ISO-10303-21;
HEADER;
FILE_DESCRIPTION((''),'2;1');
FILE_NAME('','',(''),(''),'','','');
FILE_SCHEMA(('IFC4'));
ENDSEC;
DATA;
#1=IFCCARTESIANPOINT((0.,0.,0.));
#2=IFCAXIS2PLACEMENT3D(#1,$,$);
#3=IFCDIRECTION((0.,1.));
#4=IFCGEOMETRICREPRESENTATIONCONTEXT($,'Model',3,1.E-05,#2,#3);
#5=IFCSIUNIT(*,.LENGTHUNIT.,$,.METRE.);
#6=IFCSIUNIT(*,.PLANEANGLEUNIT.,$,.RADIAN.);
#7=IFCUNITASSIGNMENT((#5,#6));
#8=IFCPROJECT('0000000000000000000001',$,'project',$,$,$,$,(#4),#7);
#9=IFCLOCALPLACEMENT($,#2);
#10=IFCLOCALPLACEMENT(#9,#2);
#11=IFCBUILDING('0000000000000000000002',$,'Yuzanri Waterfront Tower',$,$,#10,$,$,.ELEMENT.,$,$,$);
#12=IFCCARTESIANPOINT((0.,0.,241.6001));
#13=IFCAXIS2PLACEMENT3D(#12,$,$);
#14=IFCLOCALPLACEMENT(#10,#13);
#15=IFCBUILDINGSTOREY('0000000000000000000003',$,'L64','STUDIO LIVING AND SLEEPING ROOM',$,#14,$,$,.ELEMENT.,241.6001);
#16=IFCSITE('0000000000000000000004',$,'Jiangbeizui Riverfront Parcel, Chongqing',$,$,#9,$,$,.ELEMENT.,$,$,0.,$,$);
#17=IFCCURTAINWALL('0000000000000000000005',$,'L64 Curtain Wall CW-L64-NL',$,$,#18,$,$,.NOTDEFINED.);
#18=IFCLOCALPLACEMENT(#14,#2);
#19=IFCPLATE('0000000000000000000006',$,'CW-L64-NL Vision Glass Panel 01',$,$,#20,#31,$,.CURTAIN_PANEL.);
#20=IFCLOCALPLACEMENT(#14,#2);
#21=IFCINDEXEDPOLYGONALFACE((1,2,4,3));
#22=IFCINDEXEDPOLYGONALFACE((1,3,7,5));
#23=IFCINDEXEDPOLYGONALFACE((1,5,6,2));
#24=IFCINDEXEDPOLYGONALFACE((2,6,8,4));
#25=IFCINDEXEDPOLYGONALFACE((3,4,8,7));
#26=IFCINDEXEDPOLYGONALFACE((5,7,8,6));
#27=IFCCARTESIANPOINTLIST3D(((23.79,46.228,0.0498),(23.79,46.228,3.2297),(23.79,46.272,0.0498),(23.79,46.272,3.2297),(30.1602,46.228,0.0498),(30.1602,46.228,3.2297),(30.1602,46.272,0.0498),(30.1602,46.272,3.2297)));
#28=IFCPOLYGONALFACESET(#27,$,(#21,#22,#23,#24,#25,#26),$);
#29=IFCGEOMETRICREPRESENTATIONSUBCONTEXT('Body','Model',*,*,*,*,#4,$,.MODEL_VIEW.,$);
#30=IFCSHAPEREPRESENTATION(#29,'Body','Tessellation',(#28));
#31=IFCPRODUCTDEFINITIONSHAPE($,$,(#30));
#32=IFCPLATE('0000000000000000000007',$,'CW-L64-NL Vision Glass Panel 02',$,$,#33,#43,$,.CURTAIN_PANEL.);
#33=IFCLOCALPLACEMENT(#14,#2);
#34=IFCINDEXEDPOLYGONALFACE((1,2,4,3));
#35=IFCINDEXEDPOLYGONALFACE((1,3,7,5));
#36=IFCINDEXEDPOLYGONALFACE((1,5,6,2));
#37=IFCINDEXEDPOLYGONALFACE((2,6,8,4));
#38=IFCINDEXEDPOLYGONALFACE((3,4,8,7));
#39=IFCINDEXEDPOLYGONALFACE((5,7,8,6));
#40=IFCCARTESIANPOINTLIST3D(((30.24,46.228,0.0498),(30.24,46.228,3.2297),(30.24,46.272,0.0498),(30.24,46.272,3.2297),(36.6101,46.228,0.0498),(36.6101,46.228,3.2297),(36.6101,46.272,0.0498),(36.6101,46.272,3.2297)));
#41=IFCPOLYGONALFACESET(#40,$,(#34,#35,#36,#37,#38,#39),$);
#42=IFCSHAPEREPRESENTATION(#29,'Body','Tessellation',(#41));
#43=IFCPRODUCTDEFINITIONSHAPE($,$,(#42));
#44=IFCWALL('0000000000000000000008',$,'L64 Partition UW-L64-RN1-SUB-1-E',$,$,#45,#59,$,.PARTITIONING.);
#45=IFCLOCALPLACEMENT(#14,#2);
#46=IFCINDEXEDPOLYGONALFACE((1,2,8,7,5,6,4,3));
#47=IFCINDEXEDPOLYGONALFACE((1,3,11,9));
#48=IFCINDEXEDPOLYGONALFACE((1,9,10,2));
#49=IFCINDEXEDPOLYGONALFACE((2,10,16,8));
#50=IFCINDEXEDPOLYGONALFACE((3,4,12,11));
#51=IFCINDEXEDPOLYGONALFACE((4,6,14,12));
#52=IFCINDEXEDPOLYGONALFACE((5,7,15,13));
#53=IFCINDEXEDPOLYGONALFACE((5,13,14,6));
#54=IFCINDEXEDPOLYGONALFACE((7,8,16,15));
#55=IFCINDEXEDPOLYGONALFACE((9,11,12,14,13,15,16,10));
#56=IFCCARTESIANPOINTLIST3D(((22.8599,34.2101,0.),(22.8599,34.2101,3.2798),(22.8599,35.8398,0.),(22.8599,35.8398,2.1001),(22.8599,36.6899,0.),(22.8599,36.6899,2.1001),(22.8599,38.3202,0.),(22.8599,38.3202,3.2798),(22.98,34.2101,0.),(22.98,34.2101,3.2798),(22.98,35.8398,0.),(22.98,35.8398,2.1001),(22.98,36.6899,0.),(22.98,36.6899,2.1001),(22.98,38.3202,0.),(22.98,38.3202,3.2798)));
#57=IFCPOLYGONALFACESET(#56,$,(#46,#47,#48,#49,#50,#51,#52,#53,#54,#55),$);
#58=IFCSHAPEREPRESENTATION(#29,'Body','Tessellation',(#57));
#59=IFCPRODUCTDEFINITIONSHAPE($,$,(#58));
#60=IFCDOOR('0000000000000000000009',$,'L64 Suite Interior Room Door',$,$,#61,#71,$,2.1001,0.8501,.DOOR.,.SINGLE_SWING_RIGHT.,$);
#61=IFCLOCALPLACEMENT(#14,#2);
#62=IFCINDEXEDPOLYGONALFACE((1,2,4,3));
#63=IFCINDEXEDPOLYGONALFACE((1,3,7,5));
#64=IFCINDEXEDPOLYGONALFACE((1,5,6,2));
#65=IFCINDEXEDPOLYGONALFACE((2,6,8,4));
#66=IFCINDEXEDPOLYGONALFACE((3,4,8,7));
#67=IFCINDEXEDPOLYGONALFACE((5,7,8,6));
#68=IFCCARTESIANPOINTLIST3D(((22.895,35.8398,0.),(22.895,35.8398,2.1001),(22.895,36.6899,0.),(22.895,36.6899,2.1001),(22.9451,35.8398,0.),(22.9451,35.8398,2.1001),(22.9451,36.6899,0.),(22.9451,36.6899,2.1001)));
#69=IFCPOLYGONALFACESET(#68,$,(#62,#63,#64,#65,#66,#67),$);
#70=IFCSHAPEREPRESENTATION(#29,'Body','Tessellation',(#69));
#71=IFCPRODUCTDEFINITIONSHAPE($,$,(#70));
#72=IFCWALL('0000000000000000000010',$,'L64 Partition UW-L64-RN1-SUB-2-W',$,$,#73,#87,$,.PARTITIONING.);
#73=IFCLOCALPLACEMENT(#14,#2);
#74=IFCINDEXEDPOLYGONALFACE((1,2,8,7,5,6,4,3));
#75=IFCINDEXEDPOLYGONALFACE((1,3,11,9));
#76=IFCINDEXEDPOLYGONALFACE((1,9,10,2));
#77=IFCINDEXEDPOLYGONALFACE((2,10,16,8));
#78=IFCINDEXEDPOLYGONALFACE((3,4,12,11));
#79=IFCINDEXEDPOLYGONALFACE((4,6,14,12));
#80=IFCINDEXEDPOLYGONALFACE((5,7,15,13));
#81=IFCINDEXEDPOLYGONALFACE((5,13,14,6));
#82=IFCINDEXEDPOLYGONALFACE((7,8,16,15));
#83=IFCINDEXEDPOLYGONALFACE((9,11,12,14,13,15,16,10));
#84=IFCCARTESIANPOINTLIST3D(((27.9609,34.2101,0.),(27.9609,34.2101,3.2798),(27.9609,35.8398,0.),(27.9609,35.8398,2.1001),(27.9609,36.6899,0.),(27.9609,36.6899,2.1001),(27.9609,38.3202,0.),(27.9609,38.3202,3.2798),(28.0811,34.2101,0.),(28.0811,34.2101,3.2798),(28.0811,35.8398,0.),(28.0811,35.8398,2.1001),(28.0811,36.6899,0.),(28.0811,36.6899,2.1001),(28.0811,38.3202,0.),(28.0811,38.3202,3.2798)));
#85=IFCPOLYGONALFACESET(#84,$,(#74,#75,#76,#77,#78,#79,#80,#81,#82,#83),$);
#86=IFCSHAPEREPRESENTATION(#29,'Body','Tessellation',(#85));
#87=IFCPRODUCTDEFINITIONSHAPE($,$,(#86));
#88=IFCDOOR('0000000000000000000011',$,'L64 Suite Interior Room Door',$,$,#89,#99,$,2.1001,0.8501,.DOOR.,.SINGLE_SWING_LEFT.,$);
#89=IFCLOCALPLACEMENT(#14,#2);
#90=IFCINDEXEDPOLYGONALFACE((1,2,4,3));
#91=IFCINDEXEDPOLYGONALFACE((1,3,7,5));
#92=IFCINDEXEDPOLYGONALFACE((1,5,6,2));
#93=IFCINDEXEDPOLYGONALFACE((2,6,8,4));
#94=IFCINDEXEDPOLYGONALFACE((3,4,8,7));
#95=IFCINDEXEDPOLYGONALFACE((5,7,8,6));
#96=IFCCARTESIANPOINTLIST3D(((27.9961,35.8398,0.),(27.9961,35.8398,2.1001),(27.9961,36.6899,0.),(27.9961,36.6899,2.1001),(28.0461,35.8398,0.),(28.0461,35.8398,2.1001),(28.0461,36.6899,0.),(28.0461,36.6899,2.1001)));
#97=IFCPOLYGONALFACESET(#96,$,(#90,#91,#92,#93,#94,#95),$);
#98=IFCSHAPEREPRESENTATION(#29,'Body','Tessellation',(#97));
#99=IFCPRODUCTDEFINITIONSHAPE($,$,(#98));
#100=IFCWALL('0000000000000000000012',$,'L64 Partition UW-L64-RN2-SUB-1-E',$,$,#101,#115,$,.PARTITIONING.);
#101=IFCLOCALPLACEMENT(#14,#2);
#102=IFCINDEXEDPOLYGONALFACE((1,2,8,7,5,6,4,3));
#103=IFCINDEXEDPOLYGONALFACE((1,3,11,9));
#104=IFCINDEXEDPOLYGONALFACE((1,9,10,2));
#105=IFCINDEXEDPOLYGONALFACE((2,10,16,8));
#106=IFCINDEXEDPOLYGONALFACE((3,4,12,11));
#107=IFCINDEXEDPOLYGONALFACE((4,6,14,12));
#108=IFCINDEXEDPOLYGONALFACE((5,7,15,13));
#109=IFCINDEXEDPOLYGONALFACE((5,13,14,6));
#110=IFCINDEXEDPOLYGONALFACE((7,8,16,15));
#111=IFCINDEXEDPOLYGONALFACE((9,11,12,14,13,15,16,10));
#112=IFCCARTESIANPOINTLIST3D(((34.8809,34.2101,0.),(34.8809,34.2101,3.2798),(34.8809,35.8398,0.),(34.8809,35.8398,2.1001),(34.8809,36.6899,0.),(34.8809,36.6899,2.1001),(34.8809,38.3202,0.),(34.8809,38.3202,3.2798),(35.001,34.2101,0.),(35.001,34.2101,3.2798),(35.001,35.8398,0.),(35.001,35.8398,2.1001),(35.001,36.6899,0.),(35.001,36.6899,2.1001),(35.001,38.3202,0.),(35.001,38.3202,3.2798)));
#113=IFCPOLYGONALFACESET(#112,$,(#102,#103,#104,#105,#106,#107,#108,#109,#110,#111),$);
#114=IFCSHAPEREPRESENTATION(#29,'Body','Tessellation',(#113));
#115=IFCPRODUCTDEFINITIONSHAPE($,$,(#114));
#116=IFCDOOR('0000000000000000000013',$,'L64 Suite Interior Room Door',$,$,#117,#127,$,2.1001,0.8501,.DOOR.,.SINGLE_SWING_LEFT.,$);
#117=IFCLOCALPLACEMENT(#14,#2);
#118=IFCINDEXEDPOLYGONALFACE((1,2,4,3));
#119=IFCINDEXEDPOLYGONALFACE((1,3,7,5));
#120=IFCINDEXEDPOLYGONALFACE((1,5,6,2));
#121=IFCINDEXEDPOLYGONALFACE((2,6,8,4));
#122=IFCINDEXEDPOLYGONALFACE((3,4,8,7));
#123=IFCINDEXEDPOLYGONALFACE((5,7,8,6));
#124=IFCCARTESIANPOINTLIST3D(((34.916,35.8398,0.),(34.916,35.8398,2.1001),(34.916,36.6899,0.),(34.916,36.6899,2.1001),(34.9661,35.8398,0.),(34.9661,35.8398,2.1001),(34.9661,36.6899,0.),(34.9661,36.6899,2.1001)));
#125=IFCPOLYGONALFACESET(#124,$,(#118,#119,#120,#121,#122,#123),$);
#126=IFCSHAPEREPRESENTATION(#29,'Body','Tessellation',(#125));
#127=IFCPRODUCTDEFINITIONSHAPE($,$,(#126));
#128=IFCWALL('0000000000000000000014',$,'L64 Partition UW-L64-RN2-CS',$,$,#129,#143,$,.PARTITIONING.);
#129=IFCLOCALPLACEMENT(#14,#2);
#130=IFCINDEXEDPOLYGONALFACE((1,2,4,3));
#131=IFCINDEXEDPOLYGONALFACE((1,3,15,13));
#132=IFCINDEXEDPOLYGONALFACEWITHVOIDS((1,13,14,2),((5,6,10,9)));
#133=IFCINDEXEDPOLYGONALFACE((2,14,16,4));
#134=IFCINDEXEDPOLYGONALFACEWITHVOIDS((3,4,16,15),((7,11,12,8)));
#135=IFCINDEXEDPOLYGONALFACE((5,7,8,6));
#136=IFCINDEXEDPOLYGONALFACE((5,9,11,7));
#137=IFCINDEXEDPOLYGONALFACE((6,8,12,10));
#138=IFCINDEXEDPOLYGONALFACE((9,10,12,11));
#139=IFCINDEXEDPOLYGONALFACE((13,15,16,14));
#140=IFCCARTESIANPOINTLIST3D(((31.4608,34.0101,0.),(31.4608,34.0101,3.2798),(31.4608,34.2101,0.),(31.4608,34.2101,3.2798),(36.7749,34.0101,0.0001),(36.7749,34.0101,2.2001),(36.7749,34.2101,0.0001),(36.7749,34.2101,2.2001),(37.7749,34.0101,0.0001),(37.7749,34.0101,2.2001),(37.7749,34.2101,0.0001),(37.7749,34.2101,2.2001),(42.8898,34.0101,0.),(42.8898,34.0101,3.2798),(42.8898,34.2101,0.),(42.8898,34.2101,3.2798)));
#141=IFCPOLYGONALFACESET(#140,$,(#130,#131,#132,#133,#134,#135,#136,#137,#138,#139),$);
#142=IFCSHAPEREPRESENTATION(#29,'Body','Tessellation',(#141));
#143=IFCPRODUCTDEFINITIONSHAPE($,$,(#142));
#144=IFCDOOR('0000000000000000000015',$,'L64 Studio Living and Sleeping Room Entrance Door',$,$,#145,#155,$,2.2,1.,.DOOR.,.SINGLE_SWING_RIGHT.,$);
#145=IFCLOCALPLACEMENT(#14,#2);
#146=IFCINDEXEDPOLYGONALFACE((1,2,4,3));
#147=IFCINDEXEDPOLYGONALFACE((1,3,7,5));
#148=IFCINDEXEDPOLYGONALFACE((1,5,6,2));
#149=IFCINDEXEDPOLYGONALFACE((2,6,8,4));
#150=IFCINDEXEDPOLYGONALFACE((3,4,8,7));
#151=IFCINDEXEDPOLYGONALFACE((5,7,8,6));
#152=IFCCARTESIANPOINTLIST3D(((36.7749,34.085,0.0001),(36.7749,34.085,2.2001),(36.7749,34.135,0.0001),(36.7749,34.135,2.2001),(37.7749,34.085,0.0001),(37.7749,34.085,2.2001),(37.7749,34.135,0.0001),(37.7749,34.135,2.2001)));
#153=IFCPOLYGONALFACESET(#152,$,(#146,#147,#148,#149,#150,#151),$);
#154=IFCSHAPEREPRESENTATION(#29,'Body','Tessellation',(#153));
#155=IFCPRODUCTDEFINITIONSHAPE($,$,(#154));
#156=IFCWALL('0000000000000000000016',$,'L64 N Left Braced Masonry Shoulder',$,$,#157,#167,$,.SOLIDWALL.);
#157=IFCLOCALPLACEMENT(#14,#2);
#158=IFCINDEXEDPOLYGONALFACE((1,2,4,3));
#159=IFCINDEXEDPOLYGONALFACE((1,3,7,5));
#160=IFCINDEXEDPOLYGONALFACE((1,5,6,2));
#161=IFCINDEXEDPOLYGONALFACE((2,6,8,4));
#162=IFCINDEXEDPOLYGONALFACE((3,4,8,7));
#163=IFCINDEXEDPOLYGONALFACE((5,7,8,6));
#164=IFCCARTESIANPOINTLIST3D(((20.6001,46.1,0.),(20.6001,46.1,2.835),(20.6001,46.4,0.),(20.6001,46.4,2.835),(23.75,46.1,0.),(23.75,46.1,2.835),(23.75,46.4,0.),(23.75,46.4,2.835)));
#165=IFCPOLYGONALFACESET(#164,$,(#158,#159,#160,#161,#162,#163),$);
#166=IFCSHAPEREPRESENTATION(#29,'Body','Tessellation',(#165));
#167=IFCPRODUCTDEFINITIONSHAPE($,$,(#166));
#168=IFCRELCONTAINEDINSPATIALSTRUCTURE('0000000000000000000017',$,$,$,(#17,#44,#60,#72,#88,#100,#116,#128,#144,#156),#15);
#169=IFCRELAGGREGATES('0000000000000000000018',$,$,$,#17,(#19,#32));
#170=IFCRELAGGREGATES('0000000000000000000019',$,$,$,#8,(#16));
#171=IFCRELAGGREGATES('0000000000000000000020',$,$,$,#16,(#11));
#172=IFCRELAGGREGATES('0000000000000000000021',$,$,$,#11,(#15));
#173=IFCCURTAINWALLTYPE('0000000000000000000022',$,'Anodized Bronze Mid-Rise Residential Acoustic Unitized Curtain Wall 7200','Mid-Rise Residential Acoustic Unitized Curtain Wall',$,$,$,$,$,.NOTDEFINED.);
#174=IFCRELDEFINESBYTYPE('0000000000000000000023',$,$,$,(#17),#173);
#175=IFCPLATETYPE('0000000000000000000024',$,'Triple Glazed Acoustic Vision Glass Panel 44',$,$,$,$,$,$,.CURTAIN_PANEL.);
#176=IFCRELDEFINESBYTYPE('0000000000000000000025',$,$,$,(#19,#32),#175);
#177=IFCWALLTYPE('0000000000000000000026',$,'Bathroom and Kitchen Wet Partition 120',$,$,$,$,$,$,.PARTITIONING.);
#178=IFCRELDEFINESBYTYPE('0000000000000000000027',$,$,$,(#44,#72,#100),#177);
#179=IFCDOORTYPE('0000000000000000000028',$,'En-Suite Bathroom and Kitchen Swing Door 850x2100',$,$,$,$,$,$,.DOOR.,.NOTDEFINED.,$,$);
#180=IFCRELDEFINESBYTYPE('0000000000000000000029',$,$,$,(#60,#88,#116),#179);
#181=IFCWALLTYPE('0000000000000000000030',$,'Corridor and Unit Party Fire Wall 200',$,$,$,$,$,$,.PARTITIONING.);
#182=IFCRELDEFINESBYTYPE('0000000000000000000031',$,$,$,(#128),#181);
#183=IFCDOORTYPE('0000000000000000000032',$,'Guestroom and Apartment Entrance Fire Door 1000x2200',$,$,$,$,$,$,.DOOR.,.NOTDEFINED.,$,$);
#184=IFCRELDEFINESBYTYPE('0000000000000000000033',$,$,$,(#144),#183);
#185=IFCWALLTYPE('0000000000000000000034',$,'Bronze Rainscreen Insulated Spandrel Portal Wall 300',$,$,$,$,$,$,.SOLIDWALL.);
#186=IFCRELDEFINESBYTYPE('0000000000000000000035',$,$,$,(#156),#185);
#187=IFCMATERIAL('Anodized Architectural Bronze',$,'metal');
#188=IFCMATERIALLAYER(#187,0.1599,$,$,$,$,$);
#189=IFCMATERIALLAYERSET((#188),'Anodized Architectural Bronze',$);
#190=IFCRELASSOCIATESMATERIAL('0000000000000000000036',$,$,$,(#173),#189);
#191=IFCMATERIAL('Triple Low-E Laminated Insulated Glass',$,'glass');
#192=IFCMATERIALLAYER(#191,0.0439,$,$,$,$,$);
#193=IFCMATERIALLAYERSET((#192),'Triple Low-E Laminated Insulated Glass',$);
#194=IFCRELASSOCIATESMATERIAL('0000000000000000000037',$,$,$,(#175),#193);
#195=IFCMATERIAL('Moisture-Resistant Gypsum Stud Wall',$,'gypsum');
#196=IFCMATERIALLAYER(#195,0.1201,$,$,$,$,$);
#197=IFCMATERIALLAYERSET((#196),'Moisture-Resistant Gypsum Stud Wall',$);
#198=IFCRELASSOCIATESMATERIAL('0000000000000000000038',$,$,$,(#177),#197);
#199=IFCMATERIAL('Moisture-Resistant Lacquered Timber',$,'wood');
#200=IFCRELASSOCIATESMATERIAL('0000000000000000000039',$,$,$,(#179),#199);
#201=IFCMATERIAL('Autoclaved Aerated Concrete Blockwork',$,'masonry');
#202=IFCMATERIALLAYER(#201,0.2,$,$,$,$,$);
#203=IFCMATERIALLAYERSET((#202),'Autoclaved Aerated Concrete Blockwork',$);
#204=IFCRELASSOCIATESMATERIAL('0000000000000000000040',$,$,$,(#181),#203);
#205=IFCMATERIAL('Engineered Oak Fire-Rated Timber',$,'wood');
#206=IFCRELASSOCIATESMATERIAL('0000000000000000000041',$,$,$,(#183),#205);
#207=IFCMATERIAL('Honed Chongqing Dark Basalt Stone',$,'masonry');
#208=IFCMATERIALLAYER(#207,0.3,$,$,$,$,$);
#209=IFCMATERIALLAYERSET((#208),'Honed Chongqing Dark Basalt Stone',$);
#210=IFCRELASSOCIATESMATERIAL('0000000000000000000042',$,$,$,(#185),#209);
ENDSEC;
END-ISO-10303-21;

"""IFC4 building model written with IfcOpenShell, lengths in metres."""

from ifc_helpers import new_model, si_unit, direction, frame, frame_2d, origin, origin_2d, place, context, subcontext, project, spatial, rectangle, extrude, source, transform, mapped, material, layer, layer_set, type_object, element, fill, aggregate, save


model = new_model("IFC4")

# Units and contexts
model_context = context("Model", 3, precision=1e-05, world=origin(), true_north=direction((0.0, 1.0)))
body_context = subcontext(model_context, "Body", "Model", "MODEL_VIEW")
ifc_project = project(units=[si_unit("LENGTHUNIT", "METRE"), si_unit("PLANEANGLEUNIT", "RADIAN")], contexts=[model_context])

# Site, building, storey
site_placement = place(None, origin())
site = spatial("IfcSite", under=ifc_project, at=site_placement, Name="Jiangbeizui Riverfront Parcel, Chongqing", CompositionType="ELEMENT", RefElevation=0.0)
building_placement = place(site_placement, origin())
building = spatial("IfcBuilding", under=site, at=building_placement, Name="Yuzanri Waterfront Tower", CompositionType="ELEMENT")
storey_placement = place(building_placement, frame((0.0, 0.0, 241.6001)))
storey = spatial("IfcBuildingStorey", under=building, at=storey_placement, Name="L64", Description="STUDIO LIVING AND SLEEPING ROOM", CompositionType="ELEMENT", Elevation=241.6001)

# Curtain wall
ifc_material_1 = material(Name="Anodized Architectural Bronze", Category="metal")
ifc_layer_1 = layer(ifc_material_1, 0.1599)
ifc_layer_set_1 = layer_set([ifc_layer_1], Name="Anodized Architectural Bronze")
curtain_wall_type = type_object("IfcCurtainWallType", Name="Anodized Bronze Mid-Rise Residential Acoustic Unitized Curtain Wall 7200", Description="Mid-Rise Residential Acoustic Unitized Curtain Wall", PredefinedType="NOTDEFINED", material=ifc_layer_set_1)
curtain_wall_placement = place(storey_placement, origin())
curtain_wall = element("IfcCurtainWall", 1, at=curtain_wall_placement, inside=storey, type_object=curtain_wall_type, Name="L64 Curtain Wall CW-L64-NL", PredefinedType="NOTDEFINED")

# Plates
ifc_material_2 = material(Name="Triple Low-E Laminated Insulated Glass", Category="glass")
ifc_layer_2 = layer(ifc_material_2, 0.0439)
ifc_layer_set_2 = layer_set([ifc_layer_2], Name="Triple Low-E Laminated Insulated Glass")
plate_type_1 = type_object("IfcPlateType", Name="Triple Glazed Acoustic Vision Glass Panel 44", PredefinedType="CURTAIN_PANEL", material=ifc_layer_set_2)
shared_shape_1 = source(origin(), body_context, "Body", "SweptSolid", [
    extrude(rectangle(XDim=6.3701, YDim=0.0439, at=origin_2d()), origin(), (0.0, 0.0, 1.0), 3.1799),
])
plate_1_placement = place(storey_placement, frame((26.9751, 46.25, 0.0498), z_axis=(0.0, 0.0, 1.0), x_axis=(1.0, 0.0, 0.0)))
plate_1 = element("IfcPlate", 2, at=plate_1_placement, type_object=plate_type_1, Name="CW-L64-NL Vision Glass Panel 01", PredefinedType="CURTAIN_PANEL", context=body_context, shape_type="MappedRepresentation", body=[
    mapped(shared_shape_1, transform((0.0, 0.0, 0.0), scale=1.0)),
])
plate_2_placement = place(storey_placement, frame((33.425, 46.25, 0.0498), z_axis=(0.0, 0.0, 1.0), x_axis=(1.0, 0.0, 0.0)))
plate_2 = element("IfcPlate", 3, at=plate_2_placement, type_object=plate_type_1, Name="CW-L64-NL Vision Glass Panel 02", PredefinedType="CURTAIN_PANEL", context=body_context, shape_type="MappedRepresentation", body=[
    mapped(shared_shape_1, transform((0.0, 0.0, 0.0), scale=1.0)),
])
aggregate(curtain_wall, [plate_1, plate_2])

# Walls, openings, doors
ifc_material_3 = material(Name="Moisture-Resistant Gypsum Stud Wall", Category="gypsum")
ifc_layer_3 = layer(ifc_material_3, 0.1201)
ifc_layer_set_3 = layer_set([ifc_layer_3], Name="Moisture-Resistant Gypsum Stud Wall")
wall_type_1 = type_object("IfcWallType", Name="Bathroom and Kitchen Wet Partition 120", PredefinedType="PARTITIONING", material=ifc_layer_set_3)
wall_1_placement = place(storey_placement, frame((22.9199, 34.21, 0.0), z_axis=(0.0, 0.0, 1.0), x_axis=(0.0, 1.0, 0.0)))
wall_1 = element("IfcWall", 4, at=wall_1_placement, inside=storey, type_object=wall_type_1, Name="L64 Partition UW-L64-RN1-SUB-1-E", PredefinedType="PARTITIONING", context=body_context, shape_type="SweptSolid", body=[
    extrude(rectangle(XDim=4.1101, YDim=0.1201, at=frame_2d((2.0552, 0.0))), origin(), (0.0, 0.0, 1.0), 3.2798),
])
opening_1_placement = place(wall_1_placement, frame((1.6299, 0.0, 0.0)))
opening_1 = element("IfcOpeningElement", 5, at=opening_1_placement, cuts=wall_1, PredefinedType="OPENING", context=body_context, shape_type="SweptSolid", body=[
    extrude(rectangle(XDim=0.8501, YDim=2.1001, at=frame_2d((0.425, 1.05))), frame((0.0, 0.075, 0.0), z_axis=(0.0, -1.0, 0.0), x_axis=(1.0, 0.0, 0.0)), (0.0, 0.0, 1.0), 0.1499),
])
ifc_material_4 = material(Name="Moisture-Resistant Lacquered Timber", Category="wood")
door_type_1 = type_object("IfcDoorType", Name="En-Suite Bathroom and Kitchen Swing Door 850x2100", OperationType="NOTDEFINED", PredefinedType="DOOR", material=ifc_material_4)
shared_shape_2 = source(origin(), body_context, "Body", "SweptSolid", [
    extrude(rectangle(XDim=0.8501, YDim=2.1001, at=frame_2d((0.425, 1.05))), frame((0.0, 0.0249, 0.0), z_axis=(0.0, -1.0, 0.0), x_axis=(1.0, 0.0, 0.0)), (0.0, 0.0, 1.0), 0.05),
])
door_1_placement = place(opening_1_placement, origin())
door_1 = element("IfcDoor", 6, at=door_1_placement, inside=storey, type_object=door_type_1, Name="L64 Suite Interior Room Door", OperationType="SINGLE_SWING_RIGHT", OverallHeight=2.1001, OverallWidth=0.8501, PredefinedType="DOOR", context=body_context, shape_type="MappedRepresentation", body=[
    mapped(shared_shape_2, transform((0.0, 0.0, 0.0), scale=1.0)),
])
fill(opening_1, door_1)
wall_2_placement = place(storey_placement, frame((28.021, 34.21, 0.0), z_axis=(0.0, 0.0, 1.0), x_axis=(0.0, 1.0, 0.0)))
wall_2 = element("IfcWall", 7, at=wall_2_placement, inside=storey, type_object=wall_type_1, Name="L64 Partition UW-L64-RN1-SUB-2-W", PredefinedType="PARTITIONING", context=body_context, shape_type="SweptSolid", body=[
    extrude(rectangle(XDim=4.1101, YDim=0.1201, at=frame_2d((2.0552, 0.0))), origin(), (0.0, 0.0, 1.0), 3.2798),
])
opening_2_placement = place(wall_2_placement, frame((1.6299, 0.0, 0.0)))
opening_2 = element("IfcOpeningElement", 8, at=opening_2_placement, cuts=wall_2, PredefinedType="OPENING", context=body_context, shape_type="SweptSolid", body=[
    extrude(rectangle(XDim=0.8501, YDim=2.1001, at=frame_2d((0.425, 1.05))), frame((0.0, 0.075, 0.0), z_axis=(0.0, -1.0, 0.0), x_axis=(1.0, 0.0, 0.0)), (0.0, 0.0, 1.0), 0.1499),
])
door_2_placement = place(opening_2_placement, origin())
door_2 = element("IfcDoor", 9, at=door_2_placement, inside=storey, type_object=door_type_1, Name="L64 Suite Interior Room Door", OperationType="SINGLE_SWING_LEFT", OverallHeight=2.1001, OverallWidth=0.8501, PredefinedType="DOOR", context=body_context, shape_type="MappedRepresentation", body=[
    mapped(shared_shape_2, transform((0.0, 0.0, 0.0), scale=1.0)),
])
fill(opening_2, door_2)
wall_3_placement = place(storey_placement, frame((34.9409, 34.21, 0.0), z_axis=(0.0, 0.0, 1.0), x_axis=(0.0, 1.0, 0.0)))
wall_3 = element("IfcWall", 10, at=wall_3_placement, inside=storey, type_object=wall_type_1, Name="L64 Partition UW-L64-RN2-SUB-1-E", PredefinedType="PARTITIONING", context=body_context, shape_type="SweptSolid", body=[
    extrude(rectangle(XDim=4.1101, YDim=0.1201, at=frame_2d((2.0552, 0.0))), origin(), (0.0, 0.0, 1.0), 3.2798),
])
opening_3_placement = place(wall_3_placement, frame((1.6299, 0.0, 0.0)))
opening_3 = element("IfcOpeningElement", 11, at=opening_3_placement, cuts=wall_3, PredefinedType="OPENING", context=body_context, shape_type="SweptSolid", body=[
    extrude(rectangle(XDim=0.8501, YDim=2.1001, at=frame_2d((0.425, 1.05))), frame((0.0, 0.075, 0.0), z_axis=(0.0, -1.0, 0.0), x_axis=(1.0, 0.0, 0.0)), (0.0, 0.0, 1.0), 0.1499),
])
door_3_placement = place(opening_3_placement, origin())
door_3 = element("IfcDoor", 12, at=door_3_placement, inside=storey, type_object=door_type_1, Name="L64 Suite Interior Room Door", OperationType="SINGLE_SWING_LEFT", OverallHeight=2.1001, OverallWidth=0.8501, PredefinedType="DOOR", context=body_context, shape_type="MappedRepresentation", body=[
    mapped(shared_shape_2, transform((0.0, 0.0, 0.0), scale=1.0)),
])
fill(opening_3, door_3)
ifc_material_5 = material(Name="Autoclaved Aerated Concrete Blockwork", Category="masonry")
ifc_layer_4 = layer(ifc_material_5, 0.2)
ifc_layer_set_4 = layer_set([ifc_layer_4], Name="Autoclaved Aerated Concrete Blockwork")
wall_type_2 = type_object("IfcWallType", Name="Corridor and Unit Party Fire Wall 200", PredefinedType="PARTITIONING", material=ifc_layer_set_4)
wall_4_placement = place(storey_placement, frame((31.4609, 34.1101, 0.0), z_axis=(0.0, 0.0, 1.0), x_axis=(1.0, 0.0, 0.0)))
wall_4 = element("IfcWall", 13, at=wall_4_placement, inside=storey, type_object=wall_type_2, Name="L64 Partition UW-L64-RN2-CS", PredefinedType="PARTITIONING", context=body_context, shape_type="SweptSolid", body=[
    extrude(rectangle(XDim=11.429, YDim=0.2, at=frame_2d((5.7144, 0.0))), origin(), (0.0, 0.0, 1.0), 3.2798),
])
opening_4_placement = place(wall_4_placement, frame((5.314, 0.0, 0.0)))
opening_4 = element("IfcOpeningElement", 14, at=opening_4_placement, cuts=wall_4, PredefinedType="OPENING", context=body_context, shape_type="SweptSolid", body=[
    extrude(rectangle(XDim=1.0, YDim=2.2, at=frame_2d((0.5, 1.1001))), frame((0.0, 0.1147, 0.0), z_axis=(0.0, -1.0, 0.0), x_axis=(1.0, 0.0, 0.0)), (0.0, 0.0, 1.0), 0.2297),
])
ifc_material_6 = material(Name="Engineered Oak Fire-Rated Timber", Category="wood")
door_type_2 = type_object("IfcDoorType", Name="Guestroom and Apartment Entrance Fire Door 1000x2200", OperationType="NOTDEFINED", PredefinedType="DOOR", material=ifc_material_6)
shared_shape_3 = source(origin(), body_context, "Body", "SweptSolid", [
    extrude(rectangle(XDim=1.0, YDim=2.2, at=frame_2d((0.5, 1.1001))), frame((0.0, 0.0249, 0.0), z_axis=(0.0, -1.0, 0.0), x_axis=(1.0, 0.0, 0.0)), (0.0, 0.0, 1.0), 0.05),
])
door_4_placement = place(opening_4_placement, origin())
door_4 = element("IfcDoor", 15, at=door_4_placement, inside=storey, type_object=door_type_2, Name="L64 Studio Living and Sleeping Room Entrance Door", OperationType="SINGLE_SWING_RIGHT", OverallHeight=2.2, OverallWidth=1.0, PredefinedType="DOOR", context=body_context, shape_type="MappedRepresentation", body=[
    mapped(shared_shape_3, transform((0.0, 0.0, 0.0), scale=1.0)),
])
fill(opening_4, door_4)

# Wall
ifc_material_7 = material(Name="Honed Chongqing Dark Basalt Stone", Category="masonry")
ifc_layer_5 = layer(ifc_material_7, 0.3)
ifc_layer_set_5 = layer_set([ifc_layer_5], Name="Honed Chongqing Dark Basalt Stone")
wall_type_3 = type_object("IfcWallType", Name="Bronze Rainscreen Insulated Spandrel Portal Wall 300", PredefinedType="SOLIDWALL", material=ifc_layer_set_5)
shared_shape_4 = source(origin(), body_context, "Body", "SweptSolid", [
    extrude(rectangle(XDim=3.1499, YDim=0.3, at=frame_2d((1.575, 0.0))), origin(), (0.0, 0.0, 1.0), 2.835),
])
wall_5_placement = place(storey_placement, frame((20.6001, 46.25, 0.0), z_axis=(0.0, 0.0, 1.0), x_axis=(1.0, 0.0, 0.0)))
element("IfcWall", 16, at=wall_5_placement, inside=storey, type_object=wall_type_3, Name="L64 N Left Braced Masonry Shoulder", PredefinedType="SOLIDWALL", context=body_context, shape_type="MappedRepresentation", body=[
    mapped(shared_shape_4, transform((0.0, 0.0, 0.0), scale=1.0)),
])

save(model, "model.ifc")
